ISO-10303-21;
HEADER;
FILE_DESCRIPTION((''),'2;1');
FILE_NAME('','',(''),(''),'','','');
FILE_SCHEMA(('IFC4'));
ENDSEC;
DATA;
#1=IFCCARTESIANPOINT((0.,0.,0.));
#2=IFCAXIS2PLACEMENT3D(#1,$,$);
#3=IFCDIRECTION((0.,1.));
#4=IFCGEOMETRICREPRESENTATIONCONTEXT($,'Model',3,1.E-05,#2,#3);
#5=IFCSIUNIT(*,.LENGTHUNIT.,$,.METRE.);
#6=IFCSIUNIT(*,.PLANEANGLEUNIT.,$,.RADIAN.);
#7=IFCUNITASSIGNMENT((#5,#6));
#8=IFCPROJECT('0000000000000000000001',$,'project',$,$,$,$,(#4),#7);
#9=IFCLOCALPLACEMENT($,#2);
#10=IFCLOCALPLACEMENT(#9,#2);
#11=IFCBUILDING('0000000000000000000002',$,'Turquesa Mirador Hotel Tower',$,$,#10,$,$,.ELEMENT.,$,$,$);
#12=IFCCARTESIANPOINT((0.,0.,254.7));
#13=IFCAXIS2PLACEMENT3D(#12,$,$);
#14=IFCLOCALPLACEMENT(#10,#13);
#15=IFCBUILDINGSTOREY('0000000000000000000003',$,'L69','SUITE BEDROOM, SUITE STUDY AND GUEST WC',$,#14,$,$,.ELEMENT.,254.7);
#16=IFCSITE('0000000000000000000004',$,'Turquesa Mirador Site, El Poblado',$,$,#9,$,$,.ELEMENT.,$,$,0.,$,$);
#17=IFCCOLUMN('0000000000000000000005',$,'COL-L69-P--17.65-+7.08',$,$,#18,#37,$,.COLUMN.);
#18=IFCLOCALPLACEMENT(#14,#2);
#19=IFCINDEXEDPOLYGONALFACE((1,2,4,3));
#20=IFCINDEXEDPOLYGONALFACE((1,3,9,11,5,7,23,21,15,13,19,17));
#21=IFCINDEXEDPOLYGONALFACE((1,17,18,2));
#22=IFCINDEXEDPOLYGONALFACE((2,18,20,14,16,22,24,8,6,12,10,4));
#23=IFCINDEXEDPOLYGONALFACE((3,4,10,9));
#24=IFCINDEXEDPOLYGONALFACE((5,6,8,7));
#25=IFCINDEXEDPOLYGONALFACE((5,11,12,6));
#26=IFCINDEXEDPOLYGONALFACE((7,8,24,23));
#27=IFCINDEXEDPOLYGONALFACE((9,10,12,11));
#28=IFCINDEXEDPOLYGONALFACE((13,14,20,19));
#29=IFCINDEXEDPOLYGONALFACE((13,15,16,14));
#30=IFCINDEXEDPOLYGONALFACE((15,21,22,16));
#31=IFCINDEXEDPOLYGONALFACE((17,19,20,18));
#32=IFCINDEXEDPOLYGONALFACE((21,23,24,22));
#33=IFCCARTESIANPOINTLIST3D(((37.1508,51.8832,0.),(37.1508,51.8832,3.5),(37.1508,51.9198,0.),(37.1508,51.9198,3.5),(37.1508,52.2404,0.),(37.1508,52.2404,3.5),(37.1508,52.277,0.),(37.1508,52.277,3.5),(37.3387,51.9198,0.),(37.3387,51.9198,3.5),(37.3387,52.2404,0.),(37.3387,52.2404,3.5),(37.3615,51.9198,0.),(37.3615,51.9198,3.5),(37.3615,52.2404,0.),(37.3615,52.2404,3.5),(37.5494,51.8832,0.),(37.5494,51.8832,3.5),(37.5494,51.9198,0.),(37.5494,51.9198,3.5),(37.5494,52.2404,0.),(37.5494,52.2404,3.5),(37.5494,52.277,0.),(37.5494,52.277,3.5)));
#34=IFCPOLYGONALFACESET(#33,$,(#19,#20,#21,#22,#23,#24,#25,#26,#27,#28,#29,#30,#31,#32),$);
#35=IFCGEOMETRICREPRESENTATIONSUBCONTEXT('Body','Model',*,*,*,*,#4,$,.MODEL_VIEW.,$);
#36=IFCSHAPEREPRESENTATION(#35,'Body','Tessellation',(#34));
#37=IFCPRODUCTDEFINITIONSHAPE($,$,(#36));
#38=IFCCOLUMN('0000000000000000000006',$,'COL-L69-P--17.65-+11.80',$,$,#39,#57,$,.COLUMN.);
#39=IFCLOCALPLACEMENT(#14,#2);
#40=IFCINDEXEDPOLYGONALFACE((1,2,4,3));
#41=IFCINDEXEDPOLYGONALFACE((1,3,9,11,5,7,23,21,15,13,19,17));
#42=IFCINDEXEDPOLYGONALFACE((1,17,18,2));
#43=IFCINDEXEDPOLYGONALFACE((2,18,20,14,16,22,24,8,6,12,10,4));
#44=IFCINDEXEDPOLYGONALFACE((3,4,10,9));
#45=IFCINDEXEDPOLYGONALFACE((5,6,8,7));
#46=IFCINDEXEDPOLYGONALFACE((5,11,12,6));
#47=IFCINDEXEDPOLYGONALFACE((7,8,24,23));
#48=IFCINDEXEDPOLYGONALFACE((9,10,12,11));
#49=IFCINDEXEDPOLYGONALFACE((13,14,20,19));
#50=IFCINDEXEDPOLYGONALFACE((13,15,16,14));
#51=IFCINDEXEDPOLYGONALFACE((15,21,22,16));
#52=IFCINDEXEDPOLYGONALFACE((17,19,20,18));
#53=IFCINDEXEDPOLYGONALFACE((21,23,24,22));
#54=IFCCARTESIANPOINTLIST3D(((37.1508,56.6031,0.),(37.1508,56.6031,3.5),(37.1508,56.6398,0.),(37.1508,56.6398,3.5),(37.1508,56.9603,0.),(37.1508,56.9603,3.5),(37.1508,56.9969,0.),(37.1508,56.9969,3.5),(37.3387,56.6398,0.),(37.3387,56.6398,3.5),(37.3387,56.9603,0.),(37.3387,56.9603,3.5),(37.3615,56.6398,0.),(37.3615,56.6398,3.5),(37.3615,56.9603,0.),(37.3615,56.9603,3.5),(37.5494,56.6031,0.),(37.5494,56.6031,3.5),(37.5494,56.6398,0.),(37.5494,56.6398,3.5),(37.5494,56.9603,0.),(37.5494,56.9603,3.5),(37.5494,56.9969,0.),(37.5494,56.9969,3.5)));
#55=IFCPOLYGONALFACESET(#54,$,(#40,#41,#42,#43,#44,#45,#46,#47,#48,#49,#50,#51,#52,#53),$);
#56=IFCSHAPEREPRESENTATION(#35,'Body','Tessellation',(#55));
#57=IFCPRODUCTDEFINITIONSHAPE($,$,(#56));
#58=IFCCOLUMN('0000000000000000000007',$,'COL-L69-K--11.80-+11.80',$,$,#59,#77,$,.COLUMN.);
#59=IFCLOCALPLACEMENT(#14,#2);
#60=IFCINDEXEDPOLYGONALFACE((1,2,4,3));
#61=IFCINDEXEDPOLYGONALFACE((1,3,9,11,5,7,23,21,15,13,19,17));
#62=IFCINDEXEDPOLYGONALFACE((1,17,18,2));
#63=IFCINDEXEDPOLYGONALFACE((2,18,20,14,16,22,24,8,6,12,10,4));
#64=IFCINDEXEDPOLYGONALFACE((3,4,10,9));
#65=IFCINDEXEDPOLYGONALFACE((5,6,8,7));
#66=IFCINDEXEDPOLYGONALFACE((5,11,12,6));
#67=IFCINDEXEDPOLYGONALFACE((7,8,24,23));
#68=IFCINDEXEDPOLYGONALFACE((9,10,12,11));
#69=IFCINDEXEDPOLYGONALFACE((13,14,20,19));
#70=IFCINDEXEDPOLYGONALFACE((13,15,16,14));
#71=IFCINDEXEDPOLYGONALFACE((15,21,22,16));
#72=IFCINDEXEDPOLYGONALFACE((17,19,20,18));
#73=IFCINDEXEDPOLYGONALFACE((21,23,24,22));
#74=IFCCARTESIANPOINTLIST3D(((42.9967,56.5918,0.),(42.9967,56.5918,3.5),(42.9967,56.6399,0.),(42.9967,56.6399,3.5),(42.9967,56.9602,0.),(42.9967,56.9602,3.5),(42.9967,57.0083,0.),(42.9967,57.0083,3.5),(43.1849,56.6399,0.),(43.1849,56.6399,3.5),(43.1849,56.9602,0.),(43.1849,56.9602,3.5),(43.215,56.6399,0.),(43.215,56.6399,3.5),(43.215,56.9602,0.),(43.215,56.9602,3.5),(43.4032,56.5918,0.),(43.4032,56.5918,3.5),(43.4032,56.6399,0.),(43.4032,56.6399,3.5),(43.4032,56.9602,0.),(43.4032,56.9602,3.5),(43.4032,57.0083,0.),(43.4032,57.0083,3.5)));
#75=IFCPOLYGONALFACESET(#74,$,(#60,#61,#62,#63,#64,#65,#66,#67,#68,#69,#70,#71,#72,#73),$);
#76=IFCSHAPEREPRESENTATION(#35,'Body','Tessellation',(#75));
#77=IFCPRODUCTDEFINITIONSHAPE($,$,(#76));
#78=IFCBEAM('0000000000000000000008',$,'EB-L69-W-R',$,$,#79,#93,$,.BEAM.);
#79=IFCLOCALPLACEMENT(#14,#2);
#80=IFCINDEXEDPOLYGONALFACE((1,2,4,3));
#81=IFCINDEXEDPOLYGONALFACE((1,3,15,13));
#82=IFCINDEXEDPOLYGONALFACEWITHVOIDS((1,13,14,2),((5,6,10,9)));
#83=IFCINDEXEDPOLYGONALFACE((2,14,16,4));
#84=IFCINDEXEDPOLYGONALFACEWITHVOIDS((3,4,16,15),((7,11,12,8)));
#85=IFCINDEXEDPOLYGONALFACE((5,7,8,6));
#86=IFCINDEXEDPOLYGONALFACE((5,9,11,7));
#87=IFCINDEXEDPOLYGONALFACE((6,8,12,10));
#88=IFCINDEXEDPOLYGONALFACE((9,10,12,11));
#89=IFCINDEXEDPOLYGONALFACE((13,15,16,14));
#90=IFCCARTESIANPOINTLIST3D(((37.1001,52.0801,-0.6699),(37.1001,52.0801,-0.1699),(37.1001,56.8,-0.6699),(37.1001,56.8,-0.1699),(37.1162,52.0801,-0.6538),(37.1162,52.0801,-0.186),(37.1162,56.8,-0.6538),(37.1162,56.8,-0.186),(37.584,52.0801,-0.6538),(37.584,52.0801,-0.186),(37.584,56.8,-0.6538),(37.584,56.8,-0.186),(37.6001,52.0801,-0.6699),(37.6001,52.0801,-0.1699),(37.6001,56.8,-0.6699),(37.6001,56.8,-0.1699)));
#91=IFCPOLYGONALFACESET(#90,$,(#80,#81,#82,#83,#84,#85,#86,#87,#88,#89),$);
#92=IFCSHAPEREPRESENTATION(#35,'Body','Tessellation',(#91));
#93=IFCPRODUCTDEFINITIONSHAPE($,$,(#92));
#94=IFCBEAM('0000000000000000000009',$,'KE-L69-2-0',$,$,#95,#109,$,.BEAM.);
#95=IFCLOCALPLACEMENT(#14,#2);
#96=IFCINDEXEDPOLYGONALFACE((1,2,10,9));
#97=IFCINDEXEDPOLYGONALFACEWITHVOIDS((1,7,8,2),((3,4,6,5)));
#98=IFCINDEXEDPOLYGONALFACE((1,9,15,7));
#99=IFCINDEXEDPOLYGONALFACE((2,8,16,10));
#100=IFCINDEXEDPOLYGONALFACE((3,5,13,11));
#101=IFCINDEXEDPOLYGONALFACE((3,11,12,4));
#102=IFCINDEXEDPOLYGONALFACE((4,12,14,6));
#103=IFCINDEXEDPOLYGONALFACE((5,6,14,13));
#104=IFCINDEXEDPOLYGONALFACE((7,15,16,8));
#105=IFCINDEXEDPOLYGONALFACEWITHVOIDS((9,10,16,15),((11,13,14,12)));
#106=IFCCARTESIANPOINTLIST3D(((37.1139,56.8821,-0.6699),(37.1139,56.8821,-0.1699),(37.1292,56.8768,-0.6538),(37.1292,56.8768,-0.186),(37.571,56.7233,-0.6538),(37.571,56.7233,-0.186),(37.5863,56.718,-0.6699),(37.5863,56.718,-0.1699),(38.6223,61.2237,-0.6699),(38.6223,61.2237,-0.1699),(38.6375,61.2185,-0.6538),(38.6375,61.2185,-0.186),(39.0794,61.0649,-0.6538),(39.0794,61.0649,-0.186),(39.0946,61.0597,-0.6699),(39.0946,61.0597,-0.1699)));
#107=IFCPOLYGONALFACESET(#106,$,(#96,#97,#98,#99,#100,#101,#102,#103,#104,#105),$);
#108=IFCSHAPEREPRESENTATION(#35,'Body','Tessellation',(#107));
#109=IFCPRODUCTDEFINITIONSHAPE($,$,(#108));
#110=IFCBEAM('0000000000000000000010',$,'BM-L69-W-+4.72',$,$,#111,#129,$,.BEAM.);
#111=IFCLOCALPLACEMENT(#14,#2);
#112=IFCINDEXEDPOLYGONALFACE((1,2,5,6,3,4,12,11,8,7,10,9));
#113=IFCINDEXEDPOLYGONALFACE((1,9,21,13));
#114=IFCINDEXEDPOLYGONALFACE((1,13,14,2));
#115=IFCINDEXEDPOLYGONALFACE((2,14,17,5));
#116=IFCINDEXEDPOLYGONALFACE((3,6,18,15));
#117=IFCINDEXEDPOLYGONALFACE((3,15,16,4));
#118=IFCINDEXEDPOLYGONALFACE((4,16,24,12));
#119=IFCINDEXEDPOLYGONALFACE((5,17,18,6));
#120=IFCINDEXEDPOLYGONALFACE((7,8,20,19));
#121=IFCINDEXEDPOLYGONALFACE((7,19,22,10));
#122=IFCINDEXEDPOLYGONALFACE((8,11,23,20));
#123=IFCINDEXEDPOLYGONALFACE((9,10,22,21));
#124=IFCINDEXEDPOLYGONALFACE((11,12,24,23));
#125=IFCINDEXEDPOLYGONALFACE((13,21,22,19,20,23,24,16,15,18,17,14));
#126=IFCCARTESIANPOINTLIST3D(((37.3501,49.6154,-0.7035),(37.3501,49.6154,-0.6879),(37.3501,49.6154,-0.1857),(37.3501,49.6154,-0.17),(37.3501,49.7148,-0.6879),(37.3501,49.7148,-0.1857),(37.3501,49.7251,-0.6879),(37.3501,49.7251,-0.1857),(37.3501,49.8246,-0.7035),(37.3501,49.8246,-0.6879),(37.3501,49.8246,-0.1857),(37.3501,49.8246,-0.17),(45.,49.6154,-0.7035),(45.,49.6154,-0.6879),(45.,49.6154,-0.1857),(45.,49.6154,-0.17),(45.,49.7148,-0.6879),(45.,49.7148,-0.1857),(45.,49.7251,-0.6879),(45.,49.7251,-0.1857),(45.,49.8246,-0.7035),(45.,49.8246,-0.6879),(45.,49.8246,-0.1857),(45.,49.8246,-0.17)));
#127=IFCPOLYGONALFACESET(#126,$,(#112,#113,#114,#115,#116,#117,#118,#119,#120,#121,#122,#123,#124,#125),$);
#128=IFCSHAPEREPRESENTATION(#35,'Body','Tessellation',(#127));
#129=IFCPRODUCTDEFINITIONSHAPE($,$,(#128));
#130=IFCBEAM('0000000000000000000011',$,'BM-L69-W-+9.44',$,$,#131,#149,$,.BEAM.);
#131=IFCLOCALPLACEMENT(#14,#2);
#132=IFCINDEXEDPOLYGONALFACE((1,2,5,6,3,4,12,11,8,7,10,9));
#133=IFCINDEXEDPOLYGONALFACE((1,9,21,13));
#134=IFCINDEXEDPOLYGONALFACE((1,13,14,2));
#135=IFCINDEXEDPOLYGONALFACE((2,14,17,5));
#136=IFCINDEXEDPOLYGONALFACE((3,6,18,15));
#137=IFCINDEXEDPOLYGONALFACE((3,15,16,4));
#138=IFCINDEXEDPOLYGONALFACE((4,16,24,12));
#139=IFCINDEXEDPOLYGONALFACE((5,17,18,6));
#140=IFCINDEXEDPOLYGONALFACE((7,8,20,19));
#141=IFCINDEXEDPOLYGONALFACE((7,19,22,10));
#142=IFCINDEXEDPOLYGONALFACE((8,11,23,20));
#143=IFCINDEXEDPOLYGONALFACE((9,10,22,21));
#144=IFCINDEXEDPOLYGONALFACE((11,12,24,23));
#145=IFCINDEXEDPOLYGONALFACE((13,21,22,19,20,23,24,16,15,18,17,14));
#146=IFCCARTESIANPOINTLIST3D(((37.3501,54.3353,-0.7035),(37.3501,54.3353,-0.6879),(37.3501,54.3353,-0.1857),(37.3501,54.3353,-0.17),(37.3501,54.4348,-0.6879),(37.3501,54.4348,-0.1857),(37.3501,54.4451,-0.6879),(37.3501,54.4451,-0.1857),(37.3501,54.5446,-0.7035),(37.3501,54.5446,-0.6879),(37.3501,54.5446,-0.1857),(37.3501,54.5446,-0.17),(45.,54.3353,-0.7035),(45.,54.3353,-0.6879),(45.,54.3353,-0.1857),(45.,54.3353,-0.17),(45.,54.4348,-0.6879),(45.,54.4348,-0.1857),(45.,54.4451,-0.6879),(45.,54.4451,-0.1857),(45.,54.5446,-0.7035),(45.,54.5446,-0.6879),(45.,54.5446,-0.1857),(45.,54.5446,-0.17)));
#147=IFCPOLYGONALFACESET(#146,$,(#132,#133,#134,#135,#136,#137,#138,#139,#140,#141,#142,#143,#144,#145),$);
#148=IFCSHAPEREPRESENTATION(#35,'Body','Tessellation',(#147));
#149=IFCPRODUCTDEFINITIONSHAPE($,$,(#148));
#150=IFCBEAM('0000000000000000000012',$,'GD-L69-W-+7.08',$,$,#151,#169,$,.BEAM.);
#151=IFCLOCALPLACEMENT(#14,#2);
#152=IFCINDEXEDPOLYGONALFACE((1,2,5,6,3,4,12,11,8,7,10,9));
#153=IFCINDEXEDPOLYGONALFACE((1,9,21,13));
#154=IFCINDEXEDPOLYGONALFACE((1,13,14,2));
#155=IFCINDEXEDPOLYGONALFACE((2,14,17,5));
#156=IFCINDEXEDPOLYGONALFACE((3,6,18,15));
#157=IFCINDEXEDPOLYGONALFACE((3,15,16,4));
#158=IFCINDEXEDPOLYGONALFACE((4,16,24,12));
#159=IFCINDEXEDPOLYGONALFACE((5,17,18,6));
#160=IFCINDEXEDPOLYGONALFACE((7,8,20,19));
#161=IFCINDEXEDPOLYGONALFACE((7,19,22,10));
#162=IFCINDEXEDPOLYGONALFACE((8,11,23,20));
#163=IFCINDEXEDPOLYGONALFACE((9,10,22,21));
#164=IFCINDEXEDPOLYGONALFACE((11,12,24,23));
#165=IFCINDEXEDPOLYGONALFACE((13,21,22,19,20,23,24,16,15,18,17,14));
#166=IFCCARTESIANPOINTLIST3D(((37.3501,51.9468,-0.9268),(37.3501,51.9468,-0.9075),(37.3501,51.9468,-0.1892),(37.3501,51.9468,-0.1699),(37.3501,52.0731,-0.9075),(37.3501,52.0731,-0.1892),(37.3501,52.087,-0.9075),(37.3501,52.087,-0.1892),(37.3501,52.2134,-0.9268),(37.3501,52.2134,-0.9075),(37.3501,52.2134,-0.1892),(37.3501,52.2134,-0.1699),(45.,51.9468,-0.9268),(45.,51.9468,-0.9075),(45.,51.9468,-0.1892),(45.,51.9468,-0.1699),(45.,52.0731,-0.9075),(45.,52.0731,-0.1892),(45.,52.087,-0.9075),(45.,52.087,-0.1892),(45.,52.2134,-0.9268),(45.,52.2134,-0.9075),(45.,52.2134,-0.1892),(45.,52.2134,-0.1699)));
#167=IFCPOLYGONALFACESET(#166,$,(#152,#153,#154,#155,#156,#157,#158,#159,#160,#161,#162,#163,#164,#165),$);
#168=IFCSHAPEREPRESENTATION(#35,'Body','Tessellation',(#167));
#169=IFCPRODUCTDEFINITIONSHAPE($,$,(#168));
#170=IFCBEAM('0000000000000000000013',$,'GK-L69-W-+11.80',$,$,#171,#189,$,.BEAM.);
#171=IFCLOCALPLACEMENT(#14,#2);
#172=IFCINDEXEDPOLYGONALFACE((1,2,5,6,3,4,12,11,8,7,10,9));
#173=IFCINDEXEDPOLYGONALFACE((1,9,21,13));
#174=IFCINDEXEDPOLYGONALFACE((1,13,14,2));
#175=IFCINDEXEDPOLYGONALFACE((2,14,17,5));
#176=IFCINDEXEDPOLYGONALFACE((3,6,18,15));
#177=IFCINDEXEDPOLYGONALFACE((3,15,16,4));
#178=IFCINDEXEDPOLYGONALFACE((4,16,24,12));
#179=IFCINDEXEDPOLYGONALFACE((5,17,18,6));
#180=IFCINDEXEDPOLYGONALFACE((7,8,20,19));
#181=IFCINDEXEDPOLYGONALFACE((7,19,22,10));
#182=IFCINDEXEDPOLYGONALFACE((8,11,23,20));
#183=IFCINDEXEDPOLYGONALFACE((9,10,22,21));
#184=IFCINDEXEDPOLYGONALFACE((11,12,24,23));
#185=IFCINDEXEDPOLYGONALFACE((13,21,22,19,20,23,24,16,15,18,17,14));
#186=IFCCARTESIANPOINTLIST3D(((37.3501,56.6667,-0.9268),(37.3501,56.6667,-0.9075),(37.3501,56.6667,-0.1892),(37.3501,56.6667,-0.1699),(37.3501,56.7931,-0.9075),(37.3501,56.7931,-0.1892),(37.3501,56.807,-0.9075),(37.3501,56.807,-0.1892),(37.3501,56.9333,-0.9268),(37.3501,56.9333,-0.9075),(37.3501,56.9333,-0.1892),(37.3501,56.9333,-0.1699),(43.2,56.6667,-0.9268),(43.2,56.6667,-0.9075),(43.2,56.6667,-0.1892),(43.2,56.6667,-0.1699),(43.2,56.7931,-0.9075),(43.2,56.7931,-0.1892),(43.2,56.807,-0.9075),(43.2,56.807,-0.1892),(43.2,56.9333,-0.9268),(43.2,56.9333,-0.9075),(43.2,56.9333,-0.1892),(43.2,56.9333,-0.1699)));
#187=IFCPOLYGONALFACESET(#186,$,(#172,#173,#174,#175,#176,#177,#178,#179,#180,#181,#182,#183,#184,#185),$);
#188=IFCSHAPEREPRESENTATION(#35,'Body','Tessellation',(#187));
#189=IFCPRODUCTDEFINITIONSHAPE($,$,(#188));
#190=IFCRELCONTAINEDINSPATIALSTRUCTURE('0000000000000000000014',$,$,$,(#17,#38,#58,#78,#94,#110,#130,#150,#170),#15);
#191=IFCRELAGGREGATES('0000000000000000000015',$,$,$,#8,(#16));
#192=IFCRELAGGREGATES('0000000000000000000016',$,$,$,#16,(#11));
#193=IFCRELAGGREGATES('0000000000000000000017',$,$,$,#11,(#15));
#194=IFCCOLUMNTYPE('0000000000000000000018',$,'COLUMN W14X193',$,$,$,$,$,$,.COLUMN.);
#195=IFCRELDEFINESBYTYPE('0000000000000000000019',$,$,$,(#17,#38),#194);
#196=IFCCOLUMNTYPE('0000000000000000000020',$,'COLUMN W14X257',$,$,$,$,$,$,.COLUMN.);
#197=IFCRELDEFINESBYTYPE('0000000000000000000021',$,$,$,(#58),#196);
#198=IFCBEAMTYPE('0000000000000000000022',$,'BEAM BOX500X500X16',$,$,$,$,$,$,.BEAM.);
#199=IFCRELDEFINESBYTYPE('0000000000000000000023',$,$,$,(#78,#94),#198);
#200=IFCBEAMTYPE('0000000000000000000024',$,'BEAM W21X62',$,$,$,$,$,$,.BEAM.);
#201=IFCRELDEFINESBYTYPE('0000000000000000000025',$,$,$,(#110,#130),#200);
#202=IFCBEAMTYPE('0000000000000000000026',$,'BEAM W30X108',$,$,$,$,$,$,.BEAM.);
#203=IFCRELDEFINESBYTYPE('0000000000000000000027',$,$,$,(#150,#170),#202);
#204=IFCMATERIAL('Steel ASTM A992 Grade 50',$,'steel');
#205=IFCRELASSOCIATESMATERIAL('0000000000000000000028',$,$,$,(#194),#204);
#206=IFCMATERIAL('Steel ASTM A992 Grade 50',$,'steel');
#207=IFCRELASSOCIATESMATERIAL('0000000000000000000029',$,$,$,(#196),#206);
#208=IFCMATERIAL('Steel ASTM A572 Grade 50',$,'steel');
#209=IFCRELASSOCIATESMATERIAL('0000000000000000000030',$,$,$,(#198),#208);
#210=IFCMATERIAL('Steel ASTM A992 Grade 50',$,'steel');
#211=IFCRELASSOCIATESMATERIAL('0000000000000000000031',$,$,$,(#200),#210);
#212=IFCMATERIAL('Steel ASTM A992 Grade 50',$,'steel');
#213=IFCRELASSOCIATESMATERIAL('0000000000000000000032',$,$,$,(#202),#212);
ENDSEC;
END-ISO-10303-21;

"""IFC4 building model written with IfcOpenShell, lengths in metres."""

from ifc_helpers import new_model, si_unit, direction, frame, origin, origin_2d, place, context, subcontext, project, spatial, hollow_rectangle, i_section, extrude, material, material_profile, profile_set, type_object, element, save


model = new_model("IFC4")

# Units and contexts
model_context = context("Model", 3, precision=1e-05, world=origin(), true_north=direction((0.0, 1.0)))
body_context = subcontext(model_context, "Body", "Model", "MODEL_VIEW")
ifc_project = project(units=[si_unit("LENGTHUNIT", "METRE"), si_unit("PLANEANGLEUNIT", "RADIAN")], contexts=[model_context])

# Site, building, storey
site_placement = place(None, origin())
site = spatial("IfcSite", under=ifc_project, at=site_placement, Name="Turquesa Mirador Site, El Poblado", CompositionType="ELEMENT", RefElevation=0.0)
building_placement = place(site_placement, origin())
building = spatial("IfcBuilding", under=site, at=building_placement, Name="Turquesa Mirador Hotel Tower", CompositionType="ELEMENT")
storey_placement = place(building_placement, frame((0.0, 0.0, 254.7)))
storey = spatial("IfcBuildingStorey", under=building, at=storey_placement, Name="L69", Description="SUITE BEDROOM, SUITE STUDY AND GUEST WC", CompositionType="ELEMENT", Elevation=254.7)

# Columns
ifc_material_1 = material(Name="Steel ASTM A992 Grade 50", Category="steel")
ifc_material_profile_1 = material_profile(ifc_material_1, i_section(OverallWidth=0.3987, OverallDepth=0.3938, WebThickness=0.0227, FlangeThickness=0.0366, at=origin_2d()), Name="W14X193")
ifc_profile_set_1 = profile_set([ifc_material_profile_1], Name="Steel ASTM A992 Grade 50")
column_type_1 = type_object("IfcColumnType", Name="COLUMN W14X193", PredefinedType="COLUMN", material=ifc_profile_set_1)
for number, where, z_axis, x_axis, name in (
    (1, (37.3501, 52.0801, 0.0), (0.0, 0.0, 1.0), (1.0, 0.0, 0.0), "COL-L69-P--17.65-+7.08"),
    (2, (37.3501, 56.8, 0.0), (0.0, 0.0, 1.0), (1.0, 0.0, 0.0), "COL-L69-P--17.65-+11.80"),
):
    element("IfcColumn", number, at=place(storey_placement, frame(where, z_axis=z_axis, x_axis=x_axis)), inside=storey, type_object=column_type_1, Name=name, PredefinedType="COLUMN", context=body_context, shape_type="SweptSolid", body=[
        extrude(i_section(OverallWidth=0.3987, OverallDepth=0.3938, WebThickness=0.0227, FlangeThickness=0.0366, at=origin_2d()), origin(), (0.0, 0.0, 1.0), 3.5),
    ])
ifc_material_2 = material(Name="Steel ASTM A992 Grade 50", Category="steel")
ifc_material_profile_2 = material_profile(ifc_material_2, i_section(OverallWidth=0.4065, OverallDepth=0.4165, WebThickness=0.03, FlangeThickness=0.0481, at=origin_2d()), Name="W14X257")
ifc_profile_set_2 = profile_set([ifc_material_profile_2], Name="Steel ASTM A992 Grade 50")
column_type_2 = type_object("IfcColumnType", Name="COLUMN W14X257", PredefinedType="COLUMN", material=ifc_profile_set_2)
column_placement = place(storey_placement, frame((43.2, 56.8, 0.0), z_axis=(0.0, 0.0, 1.0), x_axis=(1.0, 0.0, 0.0)))
element("IfcColumn", 3, at=column_placement, inside=storey, type_object=column_type_2, Name="COL-L69-K--11.80-+11.80", PredefinedType="COLUMN", context=body_context, shape_type="SweptSolid", body=[
    extrude(i_section(OverallWidth=0.4065, OverallDepth=0.4165, WebThickness=0.03, FlangeThickness=0.0481, at=origin_2d()), origin(), (0.0, 0.0, 1.0), 3.5),
])

# Beams
ifc_material_3 = material(Name="Steel ASTM A572 Grade 50", Category="steel")
ifc_material_profile_3 = material_profile(ifc_material_3, hollow_rectangle(XDim=0.5, YDim=0.5, WallThickness=0.0161, at=origin_2d()), Name="BOX500X500X16")
ifc_profile_set_3 = profile_set([ifc_material_profile_3], Name="Steel ASTM A572 Grade 50")
beam_type_1 = type_object("IfcBeamType", Name="BEAM BOX500X500X16", PredefinedType="BEAM", material=ifc_profile_set_3)
beam_1_placement = place(storey_placement, frame((37.3501, 52.0801, -0.4199), z_axis=(0.0, 1.0, 0.0), x_axis=(-1.0, 0.0, 0.0)))
element("IfcBeam", 4, at=beam_1_placement, inside=storey, type_object=beam_type_1, Name="EB-L69-W-R", PredefinedType="BEAM", context=body_context, shape_type="SweptSolid", body=[
    extrude(hollow_rectangle(XDim=0.5, YDim=0.5, WallThickness=0.0161, at=origin_2d()), origin(), (0.0, 0.0, 1.0), 4.72),
])
beam_2_placement = place(storey_placement, frame((37.3501, 56.8, -0.4199), z_axis=(0.32817, 0.944619, 0.0), x_axis=(-0.944619, 0.32817, 0.0)))
element("IfcBeam", 5, at=beam_2_placement, inside=storey, type_object=beam_type_1, Name="KE-L69-2-0", PredefinedType="BEAM", context=body_context, shape_type="SweptSolid", body=[
    extrude(hollow_rectangle(XDim=0.5, YDim=0.5, WallThickness=0.0161, at=origin_2d()), origin(), (0.0, 0.0, 1.0), 4.5962),
])
ifc_material_4 = material(Name="Steel ASTM A992 Grade 50", Category="steel")
ifc_material_profile_4 = material_profile(ifc_material_4, i_section(OverallWidth=0.2092, OverallDepth=0.5334, WebThickness=0.0103, FlangeThickness=0.0156, at=origin_2d()), Name="W21X62")
ifc_profile_set_4 = profile_set([ifc_material_profile_4], Name="Steel ASTM A992 Grade 50")
beam_type_2 = type_object("IfcBeamType", Name="BEAM W21X62", PredefinedType="BEAM", material=ifc_profile_set_4)
for number, where, z_axis, x_axis, name in (
    (6, (37.3501, 49.72, -0.4368), (1.0, 0.0, 0.0), (0.0, 1.0, 0.0), "BM-L69-W-+4.72"),
    (7, (37.3501, 54.4399, -0.4368), (1.0, 0.0, 0.0), (0.0, 1.0, 0.0), "BM-L69-W-+9.44"),
):
    element("IfcBeam", number, at=place(storey_placement, frame(where, z_axis=z_axis, x_axis=x_axis)), inside=storey, type_object=beam_type_2, Name=name, PredefinedType="BEAM", context=body_context, shape_type="SweptSolid", body=[
        extrude(i_section(OverallWidth=0.2092, OverallDepth=0.5334, WebThickness=0.0103, FlangeThickness=0.0156, at=origin_2d()), origin(), (0.0, 0.0, 1.0), 7.6499),
    ])
ifc_material_5 = material(Name="Steel ASTM A992 Grade 50", Category="steel")
ifc_material_profile_5 = material_profile(ifc_material_5, i_section(OverallWidth=0.2666, OverallDepth=0.7568, WebThickness=0.0139, FlangeThickness=0.0193, at=origin_2d()), Name="W30X108")
ifc_profile_set_5 = profile_set([ifc_material_profile_5], Name="Steel ASTM A992 Grade 50")
beam_type_3 = type_object("IfcBeamType", Name="BEAM W30X108", PredefinedType="BEAM", material=ifc_profile_set_5)
beam_3_placement = place(storey_placement, frame((37.3501, 52.0801, -0.5483), z_axis=(1.0, 0.0, 0.0), x_axis=(0.0, 1.0, 0.0)))
element("IfcBeam", 8, at=beam_3_placement, inside=storey, type_object=beam_type_3, Name="GD-L69-W-+7.08", PredefinedType="BEAM", context=body_context, shape_type="SweptSolid", body=[
    extrude(i_section(OverallWidth=0.2666, OverallDepth=0.7568, WebThickness=0.0139, FlangeThickness=0.0193, at=origin_2d()), origin(), (0.0, 0.0, 1.0), 7.6499),
])
beam_4_placement = place(storey_placement, frame((37.3501, 56.8, -0.5483), z_axis=(1.0, 0.0, 0.0), x_axis=(0.0, 1.0, 0.0)))
element("IfcBeam", 9, at=beam_4_placement, inside=storey, type_object=beam_type_3, Name="GK-L69-W-+11.80", PredefinedType="BEAM", context=body_context, shape_type="SweptSolid", body=[
    extrude(i_section(OverallWidth=0.2666, OverallDepth=0.7568, WebThickness=0.0139, FlangeThickness=0.0193, at=origin_2d()), origin(), (0.0, 0.0, 1.0), 5.8499),
])

save(model, "model.ifc")
